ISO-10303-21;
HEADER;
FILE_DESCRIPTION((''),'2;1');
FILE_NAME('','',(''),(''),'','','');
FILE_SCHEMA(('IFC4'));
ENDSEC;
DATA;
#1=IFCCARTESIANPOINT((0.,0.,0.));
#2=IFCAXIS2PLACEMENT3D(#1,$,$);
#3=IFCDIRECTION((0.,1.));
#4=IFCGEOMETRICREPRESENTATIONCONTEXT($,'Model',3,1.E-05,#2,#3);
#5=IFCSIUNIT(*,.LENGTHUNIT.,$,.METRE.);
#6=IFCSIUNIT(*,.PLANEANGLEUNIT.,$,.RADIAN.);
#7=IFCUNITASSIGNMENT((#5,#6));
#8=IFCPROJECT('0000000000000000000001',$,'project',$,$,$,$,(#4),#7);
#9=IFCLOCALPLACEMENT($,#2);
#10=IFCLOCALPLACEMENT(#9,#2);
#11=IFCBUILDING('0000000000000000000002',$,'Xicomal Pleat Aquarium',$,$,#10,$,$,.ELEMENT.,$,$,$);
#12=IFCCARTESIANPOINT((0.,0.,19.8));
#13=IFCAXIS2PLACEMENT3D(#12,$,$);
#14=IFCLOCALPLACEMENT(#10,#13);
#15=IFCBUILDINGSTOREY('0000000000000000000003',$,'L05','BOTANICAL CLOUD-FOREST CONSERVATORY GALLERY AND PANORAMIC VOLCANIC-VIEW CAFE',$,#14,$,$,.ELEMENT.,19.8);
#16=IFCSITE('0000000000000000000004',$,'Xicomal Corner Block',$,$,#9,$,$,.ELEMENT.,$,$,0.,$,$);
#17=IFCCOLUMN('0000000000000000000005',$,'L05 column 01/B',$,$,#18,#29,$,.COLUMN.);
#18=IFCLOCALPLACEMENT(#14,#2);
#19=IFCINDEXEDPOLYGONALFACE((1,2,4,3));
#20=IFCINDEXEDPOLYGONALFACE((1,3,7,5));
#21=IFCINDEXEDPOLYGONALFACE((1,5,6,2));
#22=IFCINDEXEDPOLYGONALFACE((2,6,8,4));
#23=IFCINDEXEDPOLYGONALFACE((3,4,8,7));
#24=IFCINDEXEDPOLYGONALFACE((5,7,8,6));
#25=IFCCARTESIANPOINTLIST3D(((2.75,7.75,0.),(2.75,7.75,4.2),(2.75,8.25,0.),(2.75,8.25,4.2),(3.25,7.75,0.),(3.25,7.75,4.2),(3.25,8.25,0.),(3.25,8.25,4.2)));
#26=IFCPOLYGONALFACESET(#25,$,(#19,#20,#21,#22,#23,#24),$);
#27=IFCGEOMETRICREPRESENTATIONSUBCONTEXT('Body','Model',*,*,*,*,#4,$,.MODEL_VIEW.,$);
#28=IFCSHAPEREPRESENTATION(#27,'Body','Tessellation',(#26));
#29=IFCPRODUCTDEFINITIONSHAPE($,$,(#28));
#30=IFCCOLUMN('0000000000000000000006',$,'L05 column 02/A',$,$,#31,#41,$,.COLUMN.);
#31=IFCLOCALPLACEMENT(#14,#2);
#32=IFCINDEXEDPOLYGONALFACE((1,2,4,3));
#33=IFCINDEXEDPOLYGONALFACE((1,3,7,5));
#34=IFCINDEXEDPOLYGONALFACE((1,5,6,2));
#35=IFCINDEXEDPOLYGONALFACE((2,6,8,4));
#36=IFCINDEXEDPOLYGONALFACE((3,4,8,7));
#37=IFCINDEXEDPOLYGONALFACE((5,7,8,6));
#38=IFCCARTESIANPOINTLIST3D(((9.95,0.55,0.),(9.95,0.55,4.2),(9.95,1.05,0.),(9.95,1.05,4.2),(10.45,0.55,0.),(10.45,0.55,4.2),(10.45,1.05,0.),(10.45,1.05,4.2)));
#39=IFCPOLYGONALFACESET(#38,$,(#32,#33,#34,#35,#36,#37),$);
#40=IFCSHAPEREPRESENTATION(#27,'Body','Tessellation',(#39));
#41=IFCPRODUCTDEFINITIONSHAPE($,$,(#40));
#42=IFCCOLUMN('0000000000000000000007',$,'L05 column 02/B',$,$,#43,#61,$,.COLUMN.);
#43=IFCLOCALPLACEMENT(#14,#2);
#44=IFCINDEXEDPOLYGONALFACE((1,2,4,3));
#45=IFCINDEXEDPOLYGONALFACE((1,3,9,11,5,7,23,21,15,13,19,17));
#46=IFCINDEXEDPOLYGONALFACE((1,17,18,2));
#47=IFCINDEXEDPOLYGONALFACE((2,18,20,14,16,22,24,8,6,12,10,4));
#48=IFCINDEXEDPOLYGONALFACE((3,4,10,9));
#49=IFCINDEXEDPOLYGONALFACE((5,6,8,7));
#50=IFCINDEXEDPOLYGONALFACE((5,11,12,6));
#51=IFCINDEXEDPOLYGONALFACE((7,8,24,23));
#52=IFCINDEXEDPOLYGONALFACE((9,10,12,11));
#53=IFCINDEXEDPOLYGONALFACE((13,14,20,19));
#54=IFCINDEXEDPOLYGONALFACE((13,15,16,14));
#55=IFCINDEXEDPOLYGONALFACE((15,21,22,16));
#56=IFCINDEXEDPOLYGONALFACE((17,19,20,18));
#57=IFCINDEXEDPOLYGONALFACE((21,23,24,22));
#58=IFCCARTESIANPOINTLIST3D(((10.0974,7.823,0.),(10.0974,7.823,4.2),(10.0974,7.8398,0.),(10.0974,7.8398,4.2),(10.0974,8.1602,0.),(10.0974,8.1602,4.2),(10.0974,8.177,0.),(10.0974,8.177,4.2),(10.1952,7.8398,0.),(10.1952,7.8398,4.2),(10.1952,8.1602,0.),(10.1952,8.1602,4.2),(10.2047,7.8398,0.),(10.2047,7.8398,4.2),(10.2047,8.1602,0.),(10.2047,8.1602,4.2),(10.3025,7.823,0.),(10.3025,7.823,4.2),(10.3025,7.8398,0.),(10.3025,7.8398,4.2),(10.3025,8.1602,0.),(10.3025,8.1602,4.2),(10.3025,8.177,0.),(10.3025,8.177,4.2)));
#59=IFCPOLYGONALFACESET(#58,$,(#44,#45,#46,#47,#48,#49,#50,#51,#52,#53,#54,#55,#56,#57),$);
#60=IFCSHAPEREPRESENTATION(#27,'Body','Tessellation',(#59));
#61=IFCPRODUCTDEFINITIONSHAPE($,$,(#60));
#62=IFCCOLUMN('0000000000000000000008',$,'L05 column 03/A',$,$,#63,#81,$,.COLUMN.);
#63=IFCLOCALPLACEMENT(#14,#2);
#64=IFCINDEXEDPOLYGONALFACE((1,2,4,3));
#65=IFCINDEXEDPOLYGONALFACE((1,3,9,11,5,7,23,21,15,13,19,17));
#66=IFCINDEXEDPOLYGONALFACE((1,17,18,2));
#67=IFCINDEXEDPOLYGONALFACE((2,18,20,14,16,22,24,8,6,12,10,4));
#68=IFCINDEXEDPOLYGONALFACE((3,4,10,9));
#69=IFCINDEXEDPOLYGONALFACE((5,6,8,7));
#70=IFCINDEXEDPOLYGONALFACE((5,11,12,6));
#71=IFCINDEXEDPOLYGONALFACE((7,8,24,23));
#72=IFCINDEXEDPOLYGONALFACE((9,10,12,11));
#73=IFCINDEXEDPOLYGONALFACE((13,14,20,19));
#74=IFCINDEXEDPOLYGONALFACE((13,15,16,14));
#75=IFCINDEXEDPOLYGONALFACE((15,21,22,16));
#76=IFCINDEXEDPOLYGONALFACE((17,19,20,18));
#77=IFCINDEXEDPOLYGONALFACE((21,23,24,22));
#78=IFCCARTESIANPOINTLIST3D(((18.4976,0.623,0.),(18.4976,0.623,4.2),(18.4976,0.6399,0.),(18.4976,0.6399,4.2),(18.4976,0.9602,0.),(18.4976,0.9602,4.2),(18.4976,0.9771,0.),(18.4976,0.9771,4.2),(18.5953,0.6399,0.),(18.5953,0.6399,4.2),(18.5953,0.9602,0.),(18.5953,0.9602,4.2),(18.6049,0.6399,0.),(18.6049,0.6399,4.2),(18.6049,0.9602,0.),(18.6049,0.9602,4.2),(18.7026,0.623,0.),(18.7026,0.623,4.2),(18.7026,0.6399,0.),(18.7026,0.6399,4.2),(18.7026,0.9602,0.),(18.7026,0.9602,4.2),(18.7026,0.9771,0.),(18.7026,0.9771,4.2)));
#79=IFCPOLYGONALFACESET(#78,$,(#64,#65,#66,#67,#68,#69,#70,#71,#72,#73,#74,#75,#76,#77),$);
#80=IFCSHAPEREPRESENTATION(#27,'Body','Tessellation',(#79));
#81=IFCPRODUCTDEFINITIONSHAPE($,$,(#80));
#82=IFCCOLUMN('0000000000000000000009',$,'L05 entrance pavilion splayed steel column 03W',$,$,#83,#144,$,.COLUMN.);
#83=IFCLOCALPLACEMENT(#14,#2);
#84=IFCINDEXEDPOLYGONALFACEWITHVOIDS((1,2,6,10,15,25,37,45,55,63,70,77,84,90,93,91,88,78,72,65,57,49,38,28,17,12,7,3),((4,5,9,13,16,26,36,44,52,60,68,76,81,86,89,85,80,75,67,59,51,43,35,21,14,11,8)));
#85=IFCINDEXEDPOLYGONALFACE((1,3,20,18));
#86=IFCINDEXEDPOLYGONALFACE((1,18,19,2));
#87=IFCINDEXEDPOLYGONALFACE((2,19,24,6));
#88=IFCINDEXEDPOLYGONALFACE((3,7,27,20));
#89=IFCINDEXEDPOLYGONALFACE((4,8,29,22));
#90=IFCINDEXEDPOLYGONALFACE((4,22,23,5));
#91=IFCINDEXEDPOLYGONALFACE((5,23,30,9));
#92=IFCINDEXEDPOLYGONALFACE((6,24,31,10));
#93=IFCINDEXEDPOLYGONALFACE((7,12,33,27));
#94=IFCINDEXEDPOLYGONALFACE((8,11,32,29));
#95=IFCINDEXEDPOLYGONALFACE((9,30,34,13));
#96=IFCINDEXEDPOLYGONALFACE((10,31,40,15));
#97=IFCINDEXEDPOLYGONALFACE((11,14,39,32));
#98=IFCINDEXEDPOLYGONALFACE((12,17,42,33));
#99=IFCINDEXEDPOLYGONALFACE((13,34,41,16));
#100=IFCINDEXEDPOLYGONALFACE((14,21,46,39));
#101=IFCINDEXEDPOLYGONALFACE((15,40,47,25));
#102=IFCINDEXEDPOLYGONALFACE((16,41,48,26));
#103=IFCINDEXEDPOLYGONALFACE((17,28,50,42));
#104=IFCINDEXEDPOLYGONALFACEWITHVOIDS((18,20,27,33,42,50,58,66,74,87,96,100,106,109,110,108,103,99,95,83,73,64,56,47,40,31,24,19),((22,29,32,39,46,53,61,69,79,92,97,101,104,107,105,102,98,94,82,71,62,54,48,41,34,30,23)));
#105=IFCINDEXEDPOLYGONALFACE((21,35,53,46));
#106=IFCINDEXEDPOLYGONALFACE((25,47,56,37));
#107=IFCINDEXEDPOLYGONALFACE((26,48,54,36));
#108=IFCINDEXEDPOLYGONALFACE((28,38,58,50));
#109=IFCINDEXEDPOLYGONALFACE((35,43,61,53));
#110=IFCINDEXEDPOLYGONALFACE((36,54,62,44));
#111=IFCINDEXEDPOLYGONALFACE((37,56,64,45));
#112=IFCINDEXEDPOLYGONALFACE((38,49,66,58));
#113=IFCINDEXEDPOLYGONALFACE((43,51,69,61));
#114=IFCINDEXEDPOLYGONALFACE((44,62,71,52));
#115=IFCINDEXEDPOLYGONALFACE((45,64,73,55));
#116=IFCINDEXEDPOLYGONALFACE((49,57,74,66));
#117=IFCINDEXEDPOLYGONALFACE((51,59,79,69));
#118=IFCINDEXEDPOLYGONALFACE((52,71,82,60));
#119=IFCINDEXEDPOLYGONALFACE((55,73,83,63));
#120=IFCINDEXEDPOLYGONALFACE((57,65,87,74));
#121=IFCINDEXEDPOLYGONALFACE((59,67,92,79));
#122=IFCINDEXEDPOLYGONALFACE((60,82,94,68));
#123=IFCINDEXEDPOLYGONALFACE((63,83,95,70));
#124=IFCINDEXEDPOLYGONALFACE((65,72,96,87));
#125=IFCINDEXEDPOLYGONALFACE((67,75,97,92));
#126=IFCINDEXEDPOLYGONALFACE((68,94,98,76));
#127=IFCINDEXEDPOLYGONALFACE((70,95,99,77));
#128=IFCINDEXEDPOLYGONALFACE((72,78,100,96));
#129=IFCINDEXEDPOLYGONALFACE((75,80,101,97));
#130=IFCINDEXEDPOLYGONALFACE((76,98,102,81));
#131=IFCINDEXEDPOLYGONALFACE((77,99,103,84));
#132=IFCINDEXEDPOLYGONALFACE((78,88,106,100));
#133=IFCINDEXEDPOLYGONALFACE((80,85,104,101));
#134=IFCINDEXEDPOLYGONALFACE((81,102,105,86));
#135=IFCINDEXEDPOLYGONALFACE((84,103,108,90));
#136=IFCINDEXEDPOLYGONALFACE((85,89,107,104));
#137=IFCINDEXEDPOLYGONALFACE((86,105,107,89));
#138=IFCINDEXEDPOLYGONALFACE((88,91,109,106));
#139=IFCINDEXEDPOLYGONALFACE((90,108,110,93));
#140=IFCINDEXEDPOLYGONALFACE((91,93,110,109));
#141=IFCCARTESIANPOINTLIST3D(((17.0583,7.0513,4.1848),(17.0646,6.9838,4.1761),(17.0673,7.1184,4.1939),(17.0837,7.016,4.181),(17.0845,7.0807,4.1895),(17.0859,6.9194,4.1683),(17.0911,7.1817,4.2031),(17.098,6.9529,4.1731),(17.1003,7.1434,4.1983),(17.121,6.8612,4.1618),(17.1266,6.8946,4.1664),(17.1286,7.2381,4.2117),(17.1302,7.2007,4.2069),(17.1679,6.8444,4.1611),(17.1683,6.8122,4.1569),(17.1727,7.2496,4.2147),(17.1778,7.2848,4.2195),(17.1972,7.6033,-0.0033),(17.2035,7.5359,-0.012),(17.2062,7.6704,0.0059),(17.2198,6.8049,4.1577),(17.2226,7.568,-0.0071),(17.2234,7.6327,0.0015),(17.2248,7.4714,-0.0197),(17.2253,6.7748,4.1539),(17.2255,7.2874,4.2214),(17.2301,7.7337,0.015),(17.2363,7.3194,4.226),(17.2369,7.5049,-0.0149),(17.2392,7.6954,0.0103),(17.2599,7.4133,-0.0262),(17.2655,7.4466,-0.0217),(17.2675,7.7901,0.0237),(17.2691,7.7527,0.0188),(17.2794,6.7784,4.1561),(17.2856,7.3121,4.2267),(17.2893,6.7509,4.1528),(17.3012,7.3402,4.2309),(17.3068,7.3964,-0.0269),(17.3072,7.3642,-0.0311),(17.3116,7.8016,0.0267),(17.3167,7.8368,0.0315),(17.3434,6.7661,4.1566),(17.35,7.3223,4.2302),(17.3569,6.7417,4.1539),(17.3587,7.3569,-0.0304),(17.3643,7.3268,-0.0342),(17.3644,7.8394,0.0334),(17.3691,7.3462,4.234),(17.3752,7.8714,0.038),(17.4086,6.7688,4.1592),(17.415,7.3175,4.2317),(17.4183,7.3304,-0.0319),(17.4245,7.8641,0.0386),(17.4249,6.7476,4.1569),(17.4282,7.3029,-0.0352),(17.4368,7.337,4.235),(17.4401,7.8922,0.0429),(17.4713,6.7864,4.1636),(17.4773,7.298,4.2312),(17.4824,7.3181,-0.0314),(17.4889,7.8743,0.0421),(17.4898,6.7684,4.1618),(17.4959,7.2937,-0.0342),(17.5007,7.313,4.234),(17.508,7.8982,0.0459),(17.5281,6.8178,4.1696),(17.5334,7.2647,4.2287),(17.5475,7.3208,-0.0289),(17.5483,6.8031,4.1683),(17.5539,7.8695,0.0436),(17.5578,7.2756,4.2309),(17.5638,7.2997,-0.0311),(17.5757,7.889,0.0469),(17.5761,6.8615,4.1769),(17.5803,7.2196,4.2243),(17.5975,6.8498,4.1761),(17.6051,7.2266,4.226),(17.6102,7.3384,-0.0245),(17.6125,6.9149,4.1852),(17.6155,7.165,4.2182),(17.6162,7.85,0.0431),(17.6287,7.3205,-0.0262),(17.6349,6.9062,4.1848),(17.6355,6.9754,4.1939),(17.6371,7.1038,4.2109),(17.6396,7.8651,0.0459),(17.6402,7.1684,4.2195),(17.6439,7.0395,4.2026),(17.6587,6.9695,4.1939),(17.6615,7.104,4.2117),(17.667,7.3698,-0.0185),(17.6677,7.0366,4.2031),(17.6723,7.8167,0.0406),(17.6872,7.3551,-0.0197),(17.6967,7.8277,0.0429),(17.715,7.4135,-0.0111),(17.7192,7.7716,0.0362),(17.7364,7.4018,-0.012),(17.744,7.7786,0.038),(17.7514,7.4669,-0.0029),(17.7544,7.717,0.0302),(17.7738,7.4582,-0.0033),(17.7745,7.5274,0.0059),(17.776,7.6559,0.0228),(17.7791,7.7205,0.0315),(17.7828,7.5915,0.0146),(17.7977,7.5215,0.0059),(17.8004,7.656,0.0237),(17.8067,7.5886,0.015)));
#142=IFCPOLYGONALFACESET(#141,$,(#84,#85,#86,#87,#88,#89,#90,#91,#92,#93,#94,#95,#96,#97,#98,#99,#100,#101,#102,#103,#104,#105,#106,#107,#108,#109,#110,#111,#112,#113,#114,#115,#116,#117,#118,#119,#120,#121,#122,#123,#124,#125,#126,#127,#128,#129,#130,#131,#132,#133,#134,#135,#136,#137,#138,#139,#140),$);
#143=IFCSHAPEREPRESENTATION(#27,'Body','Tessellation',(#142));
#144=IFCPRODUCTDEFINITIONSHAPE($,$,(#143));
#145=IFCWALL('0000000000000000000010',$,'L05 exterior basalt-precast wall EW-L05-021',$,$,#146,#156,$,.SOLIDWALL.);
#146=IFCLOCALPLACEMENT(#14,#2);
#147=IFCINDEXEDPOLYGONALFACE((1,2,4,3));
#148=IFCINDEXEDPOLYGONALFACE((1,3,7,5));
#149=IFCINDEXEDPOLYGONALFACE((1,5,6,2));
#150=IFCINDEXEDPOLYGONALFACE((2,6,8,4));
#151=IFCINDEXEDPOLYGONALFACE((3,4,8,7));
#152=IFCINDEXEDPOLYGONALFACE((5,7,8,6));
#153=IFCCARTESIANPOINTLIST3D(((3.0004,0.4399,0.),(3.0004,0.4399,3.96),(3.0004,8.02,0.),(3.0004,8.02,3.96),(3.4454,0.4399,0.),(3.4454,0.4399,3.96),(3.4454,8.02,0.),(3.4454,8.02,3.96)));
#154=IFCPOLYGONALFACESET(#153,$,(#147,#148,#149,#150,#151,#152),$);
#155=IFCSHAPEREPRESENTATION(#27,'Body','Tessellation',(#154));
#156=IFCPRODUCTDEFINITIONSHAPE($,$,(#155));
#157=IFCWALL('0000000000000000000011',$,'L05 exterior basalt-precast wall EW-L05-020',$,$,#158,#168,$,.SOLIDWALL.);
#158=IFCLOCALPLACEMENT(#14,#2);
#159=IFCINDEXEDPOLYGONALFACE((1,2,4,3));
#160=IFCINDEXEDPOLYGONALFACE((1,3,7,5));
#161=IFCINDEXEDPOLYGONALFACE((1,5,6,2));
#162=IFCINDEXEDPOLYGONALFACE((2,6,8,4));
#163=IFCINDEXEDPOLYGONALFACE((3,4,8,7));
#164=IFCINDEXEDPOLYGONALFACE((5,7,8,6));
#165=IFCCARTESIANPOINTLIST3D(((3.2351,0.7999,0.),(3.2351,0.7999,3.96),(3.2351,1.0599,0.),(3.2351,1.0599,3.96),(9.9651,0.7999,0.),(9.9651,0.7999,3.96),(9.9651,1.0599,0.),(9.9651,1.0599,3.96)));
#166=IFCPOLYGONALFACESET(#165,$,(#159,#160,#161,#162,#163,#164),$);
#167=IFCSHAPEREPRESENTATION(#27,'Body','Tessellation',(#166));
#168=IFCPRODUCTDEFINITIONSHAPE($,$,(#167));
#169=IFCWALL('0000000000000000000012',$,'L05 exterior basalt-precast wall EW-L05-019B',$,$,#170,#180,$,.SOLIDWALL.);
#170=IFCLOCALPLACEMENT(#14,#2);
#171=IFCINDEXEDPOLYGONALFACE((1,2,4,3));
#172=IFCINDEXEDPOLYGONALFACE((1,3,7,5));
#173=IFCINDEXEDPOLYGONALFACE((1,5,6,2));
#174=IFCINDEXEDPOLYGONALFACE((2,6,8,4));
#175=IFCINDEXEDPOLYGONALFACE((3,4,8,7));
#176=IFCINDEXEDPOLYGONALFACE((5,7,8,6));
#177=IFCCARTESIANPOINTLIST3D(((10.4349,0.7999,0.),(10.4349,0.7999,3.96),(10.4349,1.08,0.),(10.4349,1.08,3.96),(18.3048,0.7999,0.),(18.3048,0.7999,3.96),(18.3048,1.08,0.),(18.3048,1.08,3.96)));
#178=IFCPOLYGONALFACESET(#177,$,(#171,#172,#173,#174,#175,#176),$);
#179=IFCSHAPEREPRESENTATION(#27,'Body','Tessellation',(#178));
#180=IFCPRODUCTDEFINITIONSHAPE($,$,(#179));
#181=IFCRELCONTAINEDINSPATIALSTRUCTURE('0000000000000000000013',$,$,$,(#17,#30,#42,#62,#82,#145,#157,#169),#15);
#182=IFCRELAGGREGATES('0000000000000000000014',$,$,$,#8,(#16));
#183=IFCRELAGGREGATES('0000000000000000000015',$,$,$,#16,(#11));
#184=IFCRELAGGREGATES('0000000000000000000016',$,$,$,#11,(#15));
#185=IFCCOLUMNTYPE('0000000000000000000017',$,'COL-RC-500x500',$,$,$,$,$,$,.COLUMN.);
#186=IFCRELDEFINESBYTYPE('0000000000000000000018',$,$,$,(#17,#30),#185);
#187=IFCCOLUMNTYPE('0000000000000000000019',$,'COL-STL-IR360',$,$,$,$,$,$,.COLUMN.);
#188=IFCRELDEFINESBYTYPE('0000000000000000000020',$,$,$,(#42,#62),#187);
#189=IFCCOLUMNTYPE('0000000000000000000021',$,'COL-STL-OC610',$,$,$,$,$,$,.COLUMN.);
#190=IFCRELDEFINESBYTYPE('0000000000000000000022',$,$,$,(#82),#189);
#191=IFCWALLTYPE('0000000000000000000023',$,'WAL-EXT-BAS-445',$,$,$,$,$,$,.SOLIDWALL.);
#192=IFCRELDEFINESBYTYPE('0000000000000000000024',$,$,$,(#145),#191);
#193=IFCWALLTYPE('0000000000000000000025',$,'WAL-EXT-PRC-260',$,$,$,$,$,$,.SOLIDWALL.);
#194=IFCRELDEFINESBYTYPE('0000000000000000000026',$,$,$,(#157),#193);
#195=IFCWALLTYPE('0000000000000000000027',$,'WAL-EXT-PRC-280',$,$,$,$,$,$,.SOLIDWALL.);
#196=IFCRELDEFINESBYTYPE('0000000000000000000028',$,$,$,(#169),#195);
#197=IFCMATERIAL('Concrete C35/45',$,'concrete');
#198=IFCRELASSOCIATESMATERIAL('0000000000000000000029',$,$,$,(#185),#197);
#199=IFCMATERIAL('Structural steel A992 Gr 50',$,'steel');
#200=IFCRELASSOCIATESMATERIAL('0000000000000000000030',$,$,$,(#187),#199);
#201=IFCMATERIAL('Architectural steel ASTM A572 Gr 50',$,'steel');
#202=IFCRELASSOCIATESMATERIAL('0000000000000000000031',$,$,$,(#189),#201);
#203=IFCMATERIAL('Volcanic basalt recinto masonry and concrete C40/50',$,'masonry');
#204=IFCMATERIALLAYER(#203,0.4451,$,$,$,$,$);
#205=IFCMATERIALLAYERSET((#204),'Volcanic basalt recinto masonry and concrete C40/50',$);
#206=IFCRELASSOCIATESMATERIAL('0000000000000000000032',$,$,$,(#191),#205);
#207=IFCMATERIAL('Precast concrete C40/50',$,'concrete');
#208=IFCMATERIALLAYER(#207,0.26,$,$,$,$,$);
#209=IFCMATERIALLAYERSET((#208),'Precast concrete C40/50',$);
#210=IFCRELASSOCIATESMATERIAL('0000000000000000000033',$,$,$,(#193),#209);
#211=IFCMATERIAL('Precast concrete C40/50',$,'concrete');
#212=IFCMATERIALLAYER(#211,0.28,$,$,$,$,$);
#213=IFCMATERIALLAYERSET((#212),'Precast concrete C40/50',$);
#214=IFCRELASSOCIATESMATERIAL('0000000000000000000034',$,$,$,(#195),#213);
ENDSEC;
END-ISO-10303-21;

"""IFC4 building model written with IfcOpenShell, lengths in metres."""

from ifc_helpers import new_model, si_unit, direction, frame, frame_2d, origin, origin_2d, place, context, subcontext, project, spatial, rectangle, hollow_circle, i_section, extrude, material, layer, layer_set, material_profile, profile_set, type_object, element, save


model = new_model("IFC4")

# Units and contexts
model_context = context("Model", 3, precision=1e-05, world=origin(), true_north=direction((0.0, 1.0)))
body_context = subcontext(model_context, "Body", "Model", "MODEL_VIEW")
ifc_project = project(units=[si_unit("LENGTHUNIT", "METRE"), si_unit("PLANEANGLEUNIT", "RADIAN")], contexts=[model_context])

# Site, building, storey
site_placement = place(None, origin())
site = spatial("IfcSite", under=ifc_project, at=site_placement, Name="Xicomal Corner Block", CompositionType="ELEMENT", RefElevation=0.0)
building_placement = place(site_placement, origin())
building = spatial("IfcBuilding", under=site, at=building_placement, Name="Xicomal Pleat Aquarium", CompositionType="ELEMENT")
storey_placement = place(building_placement, frame((0.0, 0.0, 19.8)))
storey = spatial("IfcBuildingStorey", under=building, at=storey_placement, Name="L05", Description="BOTANICAL CLOUD-FOREST CONSERVATORY GALLERY AND PANORAMIC VOLCANIC-VIEW CAFE", CompositionType="ELEMENT", Elevation=19.8)

# Columns
ifc_material_1 = material(Name="Concrete C35/45", Category="concrete")
ifc_material_profile_1 = material_profile(ifc_material_1, rectangle(XDim=0.5, YDim=0.5, at=origin_2d()), Name="RC 500x500")
ifc_profile_set_1 = profile_set([ifc_material_profile_1], Name="Concrete C35/45")
column_type_1 = type_object("IfcColumnType", Name="COL-RC-500x500", PredefinedType="COLUMN", material=ifc_profile_set_1)
for number, where, z_axis, x_axis, name in (
    (1, (3.0, 8.0, 0.0), (0.0, 0.0, 1.0), (1.0, 0.0, 0.0), "L05 column 01/B"),
    (2, (10.2, 0.8, 0.0), (0.0, 0.0, 1.0), (1.0, 0.0, 0.0), "L05 column 02/A"),
):
    element("IfcColumn", number, at=place(storey_placement, frame(where, z_axis=z_axis, x_axis=x_axis)), inside=storey, type_object=column_type_1, Name=name, PredefinedType="COLUMN", context=body_context, shape_type="SweptSolid", body=[
        extrude(rectangle(XDim=0.5, YDim=0.5, at=origin_2d()), origin(), (0.0, 0.0, 1.0), 4.2),
    ])
ifc_material_2 = material(Name="Structural steel A992 Gr 50", Category="steel")
ifc_material_profile_2 = material_profile(ifc_material_2, i_section(OverallWidth=0.2051, OverallDepth=0.354, WebThickness=0.0095, FlangeThickness=0.0168, at=origin_2d()), Name="IR 360x79")
ifc_profile_set_2 = profile_set([ifc_material_profile_2], Name="Structural steel A992 Gr 50")
column_type_2 = type_object("IfcColumnType", Name="COL-STL-IR360", PredefinedType="COLUMN", material=ifc_profile_set_2)
for number, where, z_axis, x_axis, name in (
    (3, (10.2, 8.0, 0.0), (0.0, 0.0, 1.0), (1.0, 0.0, 0.0), "L05 column 02/B"),
    (4, (18.6001, 0.8, 0.0), (0.0, 0.0, 1.0), (1.0, 0.0, 0.0), "L05 column 03/A"),
):
    element("IfcColumn", number, at=place(storey_placement, frame(where, z_axis=z_axis, x_axis=x_axis)), inside=storey, type_object=column_type_2, Name=name, PredefinedType="COLUMN", context=body_context, shape_type="SweptSolid", body=[
        extrude(i_section(OverallWidth=0.2051, OverallDepth=0.354, WebThickness=0.0095, FlangeThickness=0.0168, at=origin_2d()), origin(), (0.0, 0.0, 1.0), 4.2),
    ])
ifc_material_3 = material(Name="Architectural steel ASTM A572 Gr 50", Category="steel")
ifc_material_profile_3 = material_profile(ifc_material_3, hollow_circle(Radius=0.3049, WallThickness=0.0239, at=origin_2d()), Name="OC 610x24")
ifc_profile_set_3 = profile_set([ifc_material_profile_3], Name="Architectural steel ASTM A572 Gr 50")
column_type_3 = type_object("IfcColumnType", Name="COL-STL-OC610", PredefinedType="COLUMN", material=ifc_profile_set_3)
column_placement = place(storey_placement, frame((17.502, 7.5959, 0.0059), z_axis=(-0.032868, -0.130605, 0.990889), x_axis=(0.969763, -0.244049, 0.0)))
element("IfcColumn", 5, at=column_placement, inside=storey, type_object=column_type_3, Name="L05 entrance pavilion splayed steel column 03W", PredefinedType="COLUMN", context=body_context, shape_type="SweptSolid", body=[
    extrude(hollow_circle(Radius=0.3049, WallThickness=0.0239, at=origin_2d()), origin(), (0.0, 0.0, 1.0), 4.2266),
])

# Walls
ifc_material_4 = material(Name="Volcanic basalt recinto masonry and concrete C40/50", Category="masonry")
ifc_layer_1 = layer(ifc_material_4, 0.4451)
ifc_layer_set_1 = layer_set([ifc_layer_1], Name="Volcanic basalt recinto masonry and concrete C40/50")
wall_type_1 = type_object("IfcWallType", Name="WAL-EXT-BAS-445", PredefinedType="SOLIDWALL", material=ifc_layer_set_1)
wall_1_placement = place(storey_placement, frame((3.2229, 0.4399, 0.0), z_axis=(0.0, 0.0, 1.0), x_axis=(0.0, 1.0, 0.0)))
element("IfcWall", 6, at=wall_1_placement, inside=storey, type_object=wall_type_1, Name="L05 exterior basalt-precast wall EW-L05-021", PredefinedType="SOLIDWALL", context=body_context, shape_type="SweptSolid", body=[
    extrude(rectangle(XDim=7.5801, YDim=0.4451, at=frame_2d((3.79, 0.0))), origin(), (0.0, 0.0, 1.0), 3.96),
])
ifc_material_5 = material(Name="Precast concrete C40/50", Category="concrete")
ifc_layer_2 = layer(ifc_material_5, 0.26)
ifc_layer_set_2 = layer_set([ifc_layer_2], Name="Precast concrete C40/50")
wall_type_2 = type_object("IfcWallType", Name="WAL-EXT-PRC-260", PredefinedType="SOLIDWALL", material=ifc_layer_set_2)
wall_2_placement = place(storey_placement, frame((9.9651, 0.9299, 0.0), z_axis=(0.0, 0.0, 1.0), x_axis=(-1.0, 0.0, 0.0)))
element("IfcWall", 7, at=wall_2_placement, inside=storey, type_object=wall_type_2, Name="L05 exterior basalt-precast wall EW-L05-020", PredefinedType="SOLIDWALL", context=body_context, shape_type="SweptSolid", body=[
    extrude(rectangle(XDim=6.73, YDim=0.26, at=frame_2d((3.365, 0.0))), origin(), (0.0, 0.0, 1.0), 3.96),
])
ifc_material_6 = material(Name="Precast concrete C40/50", Category="concrete")
ifc_layer_3 = layer(ifc_material_6, 0.28)
ifc_layer_set_3 = layer_set([ifc_layer_3], Name="Precast concrete C40/50")
wall_type_3 = type_object("IfcWallType", Name="WAL-EXT-PRC-280", PredefinedType="SOLIDWALL", material=ifc_layer_set_3)
wall_3_placement = place(storey_placement, frame((18.3049, 0.9399, 0.0), z_axis=(0.0, 0.0, 1.0), x_axis=(-1.0, 0.0, 0.0)))
element("IfcWall", 8, at=wall_3_placement, inside=storey, type_object=wall_type_3, Name="L05 exterior basalt-precast wall EW-L05-019B", PredefinedType="SOLIDWALL", context=body_context, shape_type="SweptSolid", body=[
    extrude(rectangle(XDim=7.8699, YDim=0.28, at=frame_2d((3.9351, 0.0))), origin(), (0.0, 0.0, 1.0), 3.96),
])

save(model, "model.ifc")
